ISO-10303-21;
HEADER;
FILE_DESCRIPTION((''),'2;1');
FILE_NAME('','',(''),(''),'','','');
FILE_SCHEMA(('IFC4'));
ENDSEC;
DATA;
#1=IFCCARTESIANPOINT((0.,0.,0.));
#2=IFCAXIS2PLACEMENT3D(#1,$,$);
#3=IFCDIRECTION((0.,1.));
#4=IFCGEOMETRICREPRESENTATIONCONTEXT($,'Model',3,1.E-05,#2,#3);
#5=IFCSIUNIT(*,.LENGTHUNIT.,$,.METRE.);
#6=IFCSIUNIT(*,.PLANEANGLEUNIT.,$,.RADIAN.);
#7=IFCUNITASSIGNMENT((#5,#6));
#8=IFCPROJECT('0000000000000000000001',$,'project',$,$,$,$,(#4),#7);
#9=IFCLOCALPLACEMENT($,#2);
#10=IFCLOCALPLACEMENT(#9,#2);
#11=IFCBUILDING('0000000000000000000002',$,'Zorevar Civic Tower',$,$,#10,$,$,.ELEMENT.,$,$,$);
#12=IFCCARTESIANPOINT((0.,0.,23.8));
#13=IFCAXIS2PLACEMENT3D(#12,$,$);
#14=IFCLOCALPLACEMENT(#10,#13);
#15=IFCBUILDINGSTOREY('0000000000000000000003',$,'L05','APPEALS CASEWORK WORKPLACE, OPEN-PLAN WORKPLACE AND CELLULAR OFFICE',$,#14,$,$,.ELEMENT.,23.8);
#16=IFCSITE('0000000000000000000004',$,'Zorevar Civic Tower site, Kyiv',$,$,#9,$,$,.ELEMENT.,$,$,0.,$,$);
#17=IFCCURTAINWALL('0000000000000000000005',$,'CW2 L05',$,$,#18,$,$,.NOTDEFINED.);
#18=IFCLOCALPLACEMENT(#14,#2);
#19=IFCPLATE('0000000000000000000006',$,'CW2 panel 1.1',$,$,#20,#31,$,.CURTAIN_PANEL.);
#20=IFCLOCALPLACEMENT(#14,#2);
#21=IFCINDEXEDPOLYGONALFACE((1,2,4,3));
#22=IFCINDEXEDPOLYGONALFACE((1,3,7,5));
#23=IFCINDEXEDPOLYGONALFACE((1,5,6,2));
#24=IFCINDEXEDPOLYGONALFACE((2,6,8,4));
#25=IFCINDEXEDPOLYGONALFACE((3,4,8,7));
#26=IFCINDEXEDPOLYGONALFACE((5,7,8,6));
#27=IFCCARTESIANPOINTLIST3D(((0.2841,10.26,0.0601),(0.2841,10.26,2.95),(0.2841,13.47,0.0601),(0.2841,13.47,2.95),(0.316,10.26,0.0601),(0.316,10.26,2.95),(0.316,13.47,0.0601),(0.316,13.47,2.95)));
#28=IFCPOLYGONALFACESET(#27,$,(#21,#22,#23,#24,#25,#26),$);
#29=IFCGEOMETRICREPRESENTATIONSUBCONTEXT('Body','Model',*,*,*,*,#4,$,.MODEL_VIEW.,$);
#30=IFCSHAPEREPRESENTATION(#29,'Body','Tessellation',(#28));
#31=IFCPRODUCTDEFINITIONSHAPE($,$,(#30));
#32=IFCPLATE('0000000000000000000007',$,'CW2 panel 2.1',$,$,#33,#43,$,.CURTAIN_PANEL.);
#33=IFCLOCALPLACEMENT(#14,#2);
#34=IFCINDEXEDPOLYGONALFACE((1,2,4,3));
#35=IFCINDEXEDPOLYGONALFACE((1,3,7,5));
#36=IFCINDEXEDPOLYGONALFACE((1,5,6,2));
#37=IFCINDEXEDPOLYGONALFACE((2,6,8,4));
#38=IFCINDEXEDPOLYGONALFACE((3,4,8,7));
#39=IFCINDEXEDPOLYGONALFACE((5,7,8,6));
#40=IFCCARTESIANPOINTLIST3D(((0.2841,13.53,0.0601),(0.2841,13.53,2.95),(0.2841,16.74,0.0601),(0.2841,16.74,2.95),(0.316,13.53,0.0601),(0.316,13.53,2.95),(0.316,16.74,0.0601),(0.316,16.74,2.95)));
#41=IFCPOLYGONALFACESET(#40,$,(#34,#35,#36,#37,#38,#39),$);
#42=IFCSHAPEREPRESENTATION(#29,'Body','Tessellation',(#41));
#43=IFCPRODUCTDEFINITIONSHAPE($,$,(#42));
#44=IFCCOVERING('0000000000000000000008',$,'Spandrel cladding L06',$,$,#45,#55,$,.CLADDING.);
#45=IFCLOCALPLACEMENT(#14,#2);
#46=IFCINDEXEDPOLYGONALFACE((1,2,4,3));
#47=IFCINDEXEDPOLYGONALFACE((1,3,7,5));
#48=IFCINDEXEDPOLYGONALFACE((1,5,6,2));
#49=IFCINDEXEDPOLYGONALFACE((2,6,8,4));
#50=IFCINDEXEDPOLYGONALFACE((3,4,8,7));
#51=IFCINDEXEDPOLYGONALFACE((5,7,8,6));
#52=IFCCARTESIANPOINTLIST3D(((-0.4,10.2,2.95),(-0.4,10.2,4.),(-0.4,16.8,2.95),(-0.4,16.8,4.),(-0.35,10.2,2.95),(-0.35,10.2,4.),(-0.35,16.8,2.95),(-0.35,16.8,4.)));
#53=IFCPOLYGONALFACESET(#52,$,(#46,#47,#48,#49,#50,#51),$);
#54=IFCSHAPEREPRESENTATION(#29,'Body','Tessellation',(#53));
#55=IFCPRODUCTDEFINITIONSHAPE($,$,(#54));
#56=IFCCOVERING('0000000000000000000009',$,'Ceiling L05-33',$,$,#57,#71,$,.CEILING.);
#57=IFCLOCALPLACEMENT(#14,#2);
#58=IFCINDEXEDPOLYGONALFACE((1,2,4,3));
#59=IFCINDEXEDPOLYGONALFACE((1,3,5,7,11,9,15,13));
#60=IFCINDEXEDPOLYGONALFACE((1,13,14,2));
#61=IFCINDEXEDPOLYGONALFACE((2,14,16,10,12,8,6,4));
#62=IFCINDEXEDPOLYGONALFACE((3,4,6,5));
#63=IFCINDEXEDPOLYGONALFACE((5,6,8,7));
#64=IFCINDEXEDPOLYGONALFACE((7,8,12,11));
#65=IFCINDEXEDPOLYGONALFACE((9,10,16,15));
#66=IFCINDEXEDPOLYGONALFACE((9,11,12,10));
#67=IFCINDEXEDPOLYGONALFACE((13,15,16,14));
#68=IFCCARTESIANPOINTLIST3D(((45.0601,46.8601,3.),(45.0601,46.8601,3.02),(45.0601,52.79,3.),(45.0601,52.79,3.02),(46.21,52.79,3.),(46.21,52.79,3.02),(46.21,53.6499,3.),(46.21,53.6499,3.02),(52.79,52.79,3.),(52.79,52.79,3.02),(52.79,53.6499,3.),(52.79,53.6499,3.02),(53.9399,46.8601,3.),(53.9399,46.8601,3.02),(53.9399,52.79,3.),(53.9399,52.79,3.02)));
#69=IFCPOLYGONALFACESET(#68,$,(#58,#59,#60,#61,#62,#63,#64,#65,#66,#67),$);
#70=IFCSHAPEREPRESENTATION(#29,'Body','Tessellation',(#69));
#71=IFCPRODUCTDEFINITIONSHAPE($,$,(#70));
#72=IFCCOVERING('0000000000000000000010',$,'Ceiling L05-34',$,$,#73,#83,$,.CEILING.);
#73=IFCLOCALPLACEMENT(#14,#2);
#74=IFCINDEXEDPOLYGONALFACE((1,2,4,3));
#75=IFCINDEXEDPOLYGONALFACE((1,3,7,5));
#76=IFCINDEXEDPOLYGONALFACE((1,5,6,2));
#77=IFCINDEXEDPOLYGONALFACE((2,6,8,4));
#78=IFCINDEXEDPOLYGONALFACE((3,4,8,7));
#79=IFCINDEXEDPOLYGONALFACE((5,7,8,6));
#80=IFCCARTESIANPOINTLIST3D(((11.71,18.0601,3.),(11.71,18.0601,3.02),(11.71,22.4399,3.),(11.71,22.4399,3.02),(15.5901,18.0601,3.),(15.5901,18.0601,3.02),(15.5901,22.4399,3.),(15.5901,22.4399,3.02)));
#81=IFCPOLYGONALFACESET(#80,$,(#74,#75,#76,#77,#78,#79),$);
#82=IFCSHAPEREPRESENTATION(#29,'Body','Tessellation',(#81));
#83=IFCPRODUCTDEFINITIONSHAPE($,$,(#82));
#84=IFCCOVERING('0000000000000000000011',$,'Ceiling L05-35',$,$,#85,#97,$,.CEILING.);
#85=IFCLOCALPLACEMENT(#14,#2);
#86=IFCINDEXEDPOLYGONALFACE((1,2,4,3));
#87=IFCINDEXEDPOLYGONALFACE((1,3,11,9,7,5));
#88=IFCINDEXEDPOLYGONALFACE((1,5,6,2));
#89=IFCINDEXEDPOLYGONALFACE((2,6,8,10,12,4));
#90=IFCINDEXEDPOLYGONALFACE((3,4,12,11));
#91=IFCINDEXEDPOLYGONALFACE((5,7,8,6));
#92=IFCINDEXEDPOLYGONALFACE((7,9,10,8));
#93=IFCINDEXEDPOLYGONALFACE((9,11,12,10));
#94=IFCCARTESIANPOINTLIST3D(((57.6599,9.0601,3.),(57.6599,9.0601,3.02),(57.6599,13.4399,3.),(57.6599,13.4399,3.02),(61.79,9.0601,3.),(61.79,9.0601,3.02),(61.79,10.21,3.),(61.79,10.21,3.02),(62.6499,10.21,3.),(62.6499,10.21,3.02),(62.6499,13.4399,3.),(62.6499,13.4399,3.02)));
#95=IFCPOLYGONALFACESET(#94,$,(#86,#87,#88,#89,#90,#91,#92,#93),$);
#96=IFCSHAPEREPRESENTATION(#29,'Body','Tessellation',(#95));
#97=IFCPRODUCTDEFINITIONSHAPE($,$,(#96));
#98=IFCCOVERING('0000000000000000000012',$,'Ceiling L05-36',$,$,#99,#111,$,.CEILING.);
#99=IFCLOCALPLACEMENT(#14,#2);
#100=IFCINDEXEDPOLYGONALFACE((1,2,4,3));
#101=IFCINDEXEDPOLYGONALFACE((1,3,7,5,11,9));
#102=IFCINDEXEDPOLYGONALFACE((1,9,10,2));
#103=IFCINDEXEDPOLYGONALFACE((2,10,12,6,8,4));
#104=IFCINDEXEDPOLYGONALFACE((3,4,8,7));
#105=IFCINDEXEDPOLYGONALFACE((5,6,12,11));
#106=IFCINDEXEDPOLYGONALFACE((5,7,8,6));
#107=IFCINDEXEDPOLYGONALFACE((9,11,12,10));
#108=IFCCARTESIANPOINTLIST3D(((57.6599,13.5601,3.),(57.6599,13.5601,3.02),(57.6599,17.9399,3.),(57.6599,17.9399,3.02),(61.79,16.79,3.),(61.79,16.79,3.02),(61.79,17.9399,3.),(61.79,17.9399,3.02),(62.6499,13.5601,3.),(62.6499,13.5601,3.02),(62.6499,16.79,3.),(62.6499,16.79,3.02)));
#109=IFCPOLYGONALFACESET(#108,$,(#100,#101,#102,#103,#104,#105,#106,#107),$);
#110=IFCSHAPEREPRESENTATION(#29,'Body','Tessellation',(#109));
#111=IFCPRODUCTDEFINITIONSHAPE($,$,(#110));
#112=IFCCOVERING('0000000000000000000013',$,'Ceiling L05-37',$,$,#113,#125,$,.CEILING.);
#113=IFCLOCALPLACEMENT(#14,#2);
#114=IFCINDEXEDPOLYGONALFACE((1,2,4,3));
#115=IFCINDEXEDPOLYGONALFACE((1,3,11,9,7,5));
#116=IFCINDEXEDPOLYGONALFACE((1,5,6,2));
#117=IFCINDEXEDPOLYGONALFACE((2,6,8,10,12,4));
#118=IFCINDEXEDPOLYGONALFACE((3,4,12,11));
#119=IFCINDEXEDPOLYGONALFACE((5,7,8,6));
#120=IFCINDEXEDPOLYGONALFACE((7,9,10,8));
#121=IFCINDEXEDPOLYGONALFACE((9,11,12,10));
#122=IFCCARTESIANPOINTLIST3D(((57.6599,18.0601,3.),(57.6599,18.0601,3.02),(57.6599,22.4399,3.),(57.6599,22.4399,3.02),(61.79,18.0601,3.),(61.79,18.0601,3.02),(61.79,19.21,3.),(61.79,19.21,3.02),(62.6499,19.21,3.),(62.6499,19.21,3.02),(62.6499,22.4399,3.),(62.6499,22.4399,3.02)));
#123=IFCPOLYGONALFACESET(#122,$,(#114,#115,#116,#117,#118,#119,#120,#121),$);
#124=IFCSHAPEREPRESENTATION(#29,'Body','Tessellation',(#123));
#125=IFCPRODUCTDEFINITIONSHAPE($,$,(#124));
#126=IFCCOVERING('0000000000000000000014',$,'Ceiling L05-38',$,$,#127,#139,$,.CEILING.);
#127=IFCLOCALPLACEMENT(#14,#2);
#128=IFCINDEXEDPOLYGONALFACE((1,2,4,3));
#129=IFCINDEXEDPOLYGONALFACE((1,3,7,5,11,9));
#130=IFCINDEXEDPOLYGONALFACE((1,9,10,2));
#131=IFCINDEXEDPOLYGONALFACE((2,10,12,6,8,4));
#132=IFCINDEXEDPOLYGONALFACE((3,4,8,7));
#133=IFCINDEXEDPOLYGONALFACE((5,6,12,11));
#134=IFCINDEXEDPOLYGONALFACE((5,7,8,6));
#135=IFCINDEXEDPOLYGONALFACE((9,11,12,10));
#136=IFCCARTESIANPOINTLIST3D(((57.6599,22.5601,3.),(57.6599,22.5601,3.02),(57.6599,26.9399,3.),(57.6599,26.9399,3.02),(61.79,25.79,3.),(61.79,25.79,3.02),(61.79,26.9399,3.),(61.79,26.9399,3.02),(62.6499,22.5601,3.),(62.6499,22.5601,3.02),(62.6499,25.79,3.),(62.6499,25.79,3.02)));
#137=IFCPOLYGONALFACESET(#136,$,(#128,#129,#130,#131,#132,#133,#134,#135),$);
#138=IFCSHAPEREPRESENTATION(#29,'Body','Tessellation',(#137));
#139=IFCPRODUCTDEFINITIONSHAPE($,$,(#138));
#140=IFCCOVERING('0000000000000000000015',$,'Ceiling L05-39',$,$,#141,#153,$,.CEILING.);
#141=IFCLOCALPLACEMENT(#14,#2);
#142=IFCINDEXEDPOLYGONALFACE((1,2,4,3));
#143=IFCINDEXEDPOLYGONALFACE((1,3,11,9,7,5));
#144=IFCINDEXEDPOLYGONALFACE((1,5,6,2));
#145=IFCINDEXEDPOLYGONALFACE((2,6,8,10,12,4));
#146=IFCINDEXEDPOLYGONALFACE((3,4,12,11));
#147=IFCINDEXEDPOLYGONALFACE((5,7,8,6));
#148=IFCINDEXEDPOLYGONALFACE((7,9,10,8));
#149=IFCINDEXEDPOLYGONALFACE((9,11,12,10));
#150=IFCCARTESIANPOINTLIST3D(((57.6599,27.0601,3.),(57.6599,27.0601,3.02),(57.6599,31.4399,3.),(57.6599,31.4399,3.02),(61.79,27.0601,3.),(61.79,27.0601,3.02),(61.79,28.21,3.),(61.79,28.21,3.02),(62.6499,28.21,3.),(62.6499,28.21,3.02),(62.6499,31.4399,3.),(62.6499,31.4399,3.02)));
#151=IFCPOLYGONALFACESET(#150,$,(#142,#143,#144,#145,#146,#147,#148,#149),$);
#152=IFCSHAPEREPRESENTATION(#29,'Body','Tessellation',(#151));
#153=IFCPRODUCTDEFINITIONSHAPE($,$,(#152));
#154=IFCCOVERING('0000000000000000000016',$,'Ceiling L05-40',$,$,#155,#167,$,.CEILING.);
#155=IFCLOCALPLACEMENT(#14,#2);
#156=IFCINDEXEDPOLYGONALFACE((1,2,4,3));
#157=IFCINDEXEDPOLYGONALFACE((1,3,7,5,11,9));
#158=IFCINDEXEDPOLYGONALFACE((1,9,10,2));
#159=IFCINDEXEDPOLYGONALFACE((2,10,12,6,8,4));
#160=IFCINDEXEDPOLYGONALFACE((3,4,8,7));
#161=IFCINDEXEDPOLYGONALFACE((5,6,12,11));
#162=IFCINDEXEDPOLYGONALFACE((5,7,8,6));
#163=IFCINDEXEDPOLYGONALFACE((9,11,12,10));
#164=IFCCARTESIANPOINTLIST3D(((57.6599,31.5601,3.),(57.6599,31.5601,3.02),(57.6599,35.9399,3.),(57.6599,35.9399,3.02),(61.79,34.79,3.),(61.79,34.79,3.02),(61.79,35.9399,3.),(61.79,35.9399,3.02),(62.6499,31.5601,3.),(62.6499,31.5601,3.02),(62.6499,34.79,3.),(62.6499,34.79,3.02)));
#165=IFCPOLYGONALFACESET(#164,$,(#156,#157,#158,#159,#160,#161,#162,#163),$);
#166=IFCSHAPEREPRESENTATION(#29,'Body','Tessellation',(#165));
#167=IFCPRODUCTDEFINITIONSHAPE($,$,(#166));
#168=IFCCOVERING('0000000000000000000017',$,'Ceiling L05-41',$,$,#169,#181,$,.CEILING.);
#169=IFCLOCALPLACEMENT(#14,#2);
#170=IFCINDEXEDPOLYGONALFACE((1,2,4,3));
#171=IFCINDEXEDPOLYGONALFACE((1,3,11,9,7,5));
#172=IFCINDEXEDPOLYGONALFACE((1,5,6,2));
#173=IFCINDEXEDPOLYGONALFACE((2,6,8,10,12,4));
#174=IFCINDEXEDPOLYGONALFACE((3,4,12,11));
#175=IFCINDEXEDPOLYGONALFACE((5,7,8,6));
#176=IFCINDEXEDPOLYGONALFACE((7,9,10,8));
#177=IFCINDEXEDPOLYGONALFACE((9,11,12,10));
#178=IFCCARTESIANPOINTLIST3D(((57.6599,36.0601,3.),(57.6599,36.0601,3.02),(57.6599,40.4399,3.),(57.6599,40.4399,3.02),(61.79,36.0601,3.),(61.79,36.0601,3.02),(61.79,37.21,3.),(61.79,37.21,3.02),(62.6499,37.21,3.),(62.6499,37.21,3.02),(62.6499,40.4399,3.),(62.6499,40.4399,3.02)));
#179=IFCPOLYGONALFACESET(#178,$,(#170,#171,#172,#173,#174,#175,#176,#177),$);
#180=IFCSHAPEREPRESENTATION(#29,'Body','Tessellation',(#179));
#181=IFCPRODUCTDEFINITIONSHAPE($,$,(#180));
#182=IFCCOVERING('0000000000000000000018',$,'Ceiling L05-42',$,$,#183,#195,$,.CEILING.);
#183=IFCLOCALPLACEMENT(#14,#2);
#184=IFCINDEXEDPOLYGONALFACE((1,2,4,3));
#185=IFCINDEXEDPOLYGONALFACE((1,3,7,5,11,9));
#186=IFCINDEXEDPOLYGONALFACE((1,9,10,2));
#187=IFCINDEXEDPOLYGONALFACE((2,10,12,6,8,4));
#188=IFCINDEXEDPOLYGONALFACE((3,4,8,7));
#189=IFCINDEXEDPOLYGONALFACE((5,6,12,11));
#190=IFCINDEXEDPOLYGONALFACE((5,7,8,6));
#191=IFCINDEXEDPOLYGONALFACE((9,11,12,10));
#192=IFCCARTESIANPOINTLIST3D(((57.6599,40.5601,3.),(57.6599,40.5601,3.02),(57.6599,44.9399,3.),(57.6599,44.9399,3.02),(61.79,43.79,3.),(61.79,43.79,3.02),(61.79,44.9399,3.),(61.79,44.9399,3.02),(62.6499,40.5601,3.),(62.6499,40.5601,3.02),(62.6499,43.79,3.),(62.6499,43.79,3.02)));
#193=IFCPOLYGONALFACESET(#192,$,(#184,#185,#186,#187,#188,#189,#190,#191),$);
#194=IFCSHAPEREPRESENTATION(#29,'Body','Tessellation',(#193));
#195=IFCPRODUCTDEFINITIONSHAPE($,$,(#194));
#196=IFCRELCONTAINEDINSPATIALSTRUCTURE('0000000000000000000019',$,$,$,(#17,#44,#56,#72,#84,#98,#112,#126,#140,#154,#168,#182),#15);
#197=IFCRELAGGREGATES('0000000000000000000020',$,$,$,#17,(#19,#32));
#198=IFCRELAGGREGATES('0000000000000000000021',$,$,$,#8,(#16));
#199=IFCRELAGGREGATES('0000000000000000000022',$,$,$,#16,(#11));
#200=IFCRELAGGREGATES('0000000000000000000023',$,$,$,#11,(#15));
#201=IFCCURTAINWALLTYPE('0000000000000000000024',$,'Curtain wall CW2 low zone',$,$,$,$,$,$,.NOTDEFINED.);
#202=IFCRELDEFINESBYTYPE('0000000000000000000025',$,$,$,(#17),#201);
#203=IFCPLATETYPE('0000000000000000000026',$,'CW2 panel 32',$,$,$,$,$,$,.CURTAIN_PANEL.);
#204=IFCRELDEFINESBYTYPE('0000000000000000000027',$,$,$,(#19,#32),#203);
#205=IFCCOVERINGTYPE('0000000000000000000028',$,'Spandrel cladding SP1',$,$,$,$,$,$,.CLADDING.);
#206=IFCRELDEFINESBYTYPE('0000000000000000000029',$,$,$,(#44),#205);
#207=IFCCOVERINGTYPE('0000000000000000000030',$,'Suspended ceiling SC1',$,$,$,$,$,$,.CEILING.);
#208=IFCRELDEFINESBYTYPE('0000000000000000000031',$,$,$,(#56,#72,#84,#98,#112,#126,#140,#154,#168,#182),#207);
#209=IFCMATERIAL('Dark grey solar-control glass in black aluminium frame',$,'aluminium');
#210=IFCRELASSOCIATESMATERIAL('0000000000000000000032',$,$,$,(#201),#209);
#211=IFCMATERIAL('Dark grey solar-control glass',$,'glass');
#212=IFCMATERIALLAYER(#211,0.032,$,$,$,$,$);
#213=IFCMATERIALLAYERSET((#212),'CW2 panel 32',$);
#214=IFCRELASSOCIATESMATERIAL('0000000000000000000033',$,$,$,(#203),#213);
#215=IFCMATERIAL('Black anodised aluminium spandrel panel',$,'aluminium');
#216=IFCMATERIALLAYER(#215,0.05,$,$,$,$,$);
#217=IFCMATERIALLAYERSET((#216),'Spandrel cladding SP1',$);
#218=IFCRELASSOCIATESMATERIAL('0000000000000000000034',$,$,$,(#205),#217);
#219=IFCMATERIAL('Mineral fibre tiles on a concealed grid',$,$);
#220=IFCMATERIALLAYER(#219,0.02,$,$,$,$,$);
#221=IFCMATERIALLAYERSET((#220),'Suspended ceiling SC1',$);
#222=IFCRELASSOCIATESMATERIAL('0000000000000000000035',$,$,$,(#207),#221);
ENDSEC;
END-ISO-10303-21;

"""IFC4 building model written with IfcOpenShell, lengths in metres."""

from ifc_helpers import new_model, si_unit, direction, frame, frame_2d, origin, origin_2d, place, context, subcontext, project, spatial, polyline, rectangle, outline, extrude, material, layer, layer_set, type_object, element, aggregate, save


model = new_model("IFC4")

# Units and contexts
model_context = context("Model", 3, precision=1e-05, world=origin(), true_north=direction((0.0, 1.0)))
body_context = subcontext(model_context, "Body", "Model", "MODEL_VIEW")
ifc_project = project(units=[si_unit("LENGTHUNIT", "METRE"), si_unit("PLANEANGLEUNIT", "RADIAN")], contexts=[model_context])

# Site, building, storey
site_placement = place(None, origin())
site = spatial("IfcSite", under=ifc_project, at=site_placement, Name="Zorevar Civic Tower site, Kyiv", CompositionType="ELEMENT", RefElevation=0.0)
building_placement = place(site_placement, origin())
building = spatial("IfcBuilding", under=site, at=building_placement, Name="Zorevar Civic Tower", CompositionType="ELEMENT")
storey_placement = place(building_placement, frame((0.0, 0.0, 23.8)))
storey = spatial("IfcBuildingStorey", under=building, at=storey_placement, Name="L05", Description="APPEALS CASEWORK WORKPLACE, OPEN-PLAN WORKPLACE AND CELLULAR OFFICE", CompositionType="ELEMENT", Elevation=23.8)

# Curtain wall
ifc_material_1 = material(Name="Dark grey solar-control glass in black aluminium frame", Category="aluminium")
curtain_wall_type = type_object("IfcCurtainWallType", Name="Curtain wall CW2 low zone", PredefinedType="NOTDEFINED", material=ifc_material_1)
curtain_wall_1_placement = place(storey_placement, origin())
curtain_wall_1 = element("IfcCurtainWall", 1, at=curtain_wall_1_placement, inside=storey, type_object=curtain_wall_type, Name="CW2 L05", PredefinedType="NOTDEFINED")

# Plates
ifc_material_2 = material(Name="Dark grey solar-control glass", Category="glass")
ifc_layer_1 = layer(ifc_material_2, 0.032)
ifc_layer_set_1 = layer_set([ifc_layer_1], Name="CW2 panel 32")
plate_type = type_object("IfcPlateType", Name="CW2 panel 32", PredefinedType="CURTAIN_PANEL", material=ifc_layer_set_1)
plate_1_placement = place(storey_placement, frame((0.3, 11.865, 0.0601), z_axis=(0.0, 0.0, 1.0), x_axis=(0.0, 1.0, 0.0)))
plate_1 = element("IfcPlate", 2, at=plate_1_placement, type_object=plate_type, Name="CW2 panel 1.1", PredefinedType="CURTAIN_PANEL", context=body_context, shape_type="SweptSolid", body=[
    extrude(rectangle(XDim=3.21, YDim=0.032, at=origin_2d()), origin(), (0.0, 0.0, 1.0), 2.8899),
])
plate_2_placement = place(storey_placement, frame((0.3, 15.135, 0.0601), z_axis=(0.0, 0.0, 1.0), x_axis=(0.0, 1.0, 0.0)))
plate_2 = element("IfcPlate", 3, at=plate_2_placement, type_object=plate_type, Name="CW2 panel 2.1", PredefinedType="CURTAIN_PANEL", context=body_context, shape_type="SweptSolid", body=[
    extrude(rectangle(XDim=3.21, YDim=0.032, at=origin_2d()), origin(), (0.0, 0.0, 1.0), 2.8899),
])
aggregate(curtain_wall_1, [plate_1, plate_2])

# Coverings
ifc_material_3 = material(Name="Black anodised aluminium spandrel panel", Category="aluminium")
ifc_layer_2 = layer(ifc_material_3, 0.05)
ifc_layer_set_2 = layer_set([ifc_layer_2], Name="Spandrel cladding SP1")
covering_type_1 = type_object("IfcCoveringType", Name="Spandrel cladding SP1", PredefinedType="CLADDING", material=ifc_layer_set_2)
covering_1_placement = place(storey_placement, frame((-0.375, 10.2, 2.95), z_axis=(0.0, 0.0, 1.0), x_axis=(0.0, 1.0, 0.0)))
element("IfcCovering", 4, at=covering_1_placement, inside=storey, type_object=covering_type_1, Name="Spandrel cladding L06", PredefinedType="CLADDING", context=body_context, shape_type="SweptSolid", body=[
    extrude(rectangle(XDim=6.6001, YDim=0.05, at=frame_2d((3.3, 0.0))), origin(), (0.0, 0.0, 1.0), 1.05),
])
ifc_material_4 = material(Name="Mineral fibre tiles on a concealed grid")
ifc_layer_3 = layer(ifc_material_4, 0.02)
ifc_layer_set_3 = layer_set([ifc_layer_3], Name="Suspended ceiling SC1")
covering_type_2 = type_object("IfcCoveringType", Name="Suspended ceiling SC1", PredefinedType="CEILING", material=ifc_layer_set_3)
covering_2_placement = place(storey_placement, frame((0.0, 0.0, 3.0)))
element("IfcCovering", 5, at=covering_2_placement, inside=storey, type_object=covering_type_2, Name="Ceiling L05-33", PredefinedType="CEILING", context=body_context, shape_type="SweptSolid", body=[
    extrude(outline(polyline([(46.21, 52.79), (46.21, 53.6499), (52.79, 53.6499), (52.79, 52.79), (53.9399, 52.79), (53.9399, 46.8601), (45.0601, 46.8601), (45.0601, 52.79), (46.21, 52.79)])), origin(), (0.0, 0.0, 1.0), 0.02),
])
covering_3_placement = place(storey_placement, frame((0.0, 0.0, 3.0)))
element("IfcCovering", 6, at=covering_3_placement, inside=storey, type_object=covering_type_2, Name="Ceiling L05-34", PredefinedType="CEILING", context=body_context, shape_type="SweptSolid", body=[
    extrude(outline(polyline([(11.71, 18.0601), (11.71, 22.4399), (15.5901, 22.4399), (15.5901, 18.0601), (11.71, 18.0601)])), origin(), (0.0, 0.0, 1.0), 0.02),
])
covering_4_placement = place(storey_placement, frame((0.0, 0.0, 3.0)))
element("IfcCovering", 7, at=covering_4_placement, inside=storey, type_object=covering_type_2, Name="Ceiling L05-35", PredefinedType="CEILING", context=body_context, shape_type="SweptSolid", body=[
    extrude(outline(polyline([(57.6599, 13.4399), (62.6499, 13.4399), (62.6499, 10.21), (61.79, 10.21), (61.79, 9.0601), (57.6599, 9.0601), (57.6599, 13.4399)])), origin(), (0.0, 0.0, 1.0), 0.02),
])
covering_5_placement = place(storey_placement, frame((0.0, 0.0, 3.0)))
element("IfcCovering", 8, at=covering_5_placement, inside=storey, type_object=covering_type_2, Name="Ceiling L05-36", PredefinedType="CEILING", context=body_context, shape_type="SweptSolid", body=[
    extrude(outline(polyline([(57.6599, 17.9399), (61.79, 17.9399), (61.79, 16.79), (62.6499, 16.79), (62.6499, 13.5601), (57.6599, 13.5601), (57.6599, 17.9399)])), origin(), (0.0, 0.0, 1.0), 0.02),
])
covering_6_placement = place(storey_placement, frame((0.0, 0.0, 3.0)))
element("IfcCovering", 9, at=covering_6_placement, inside=storey, type_object=covering_type_2, Name="Ceiling L05-37", PredefinedType="CEILING", context=body_context, shape_type="SweptSolid", body=[
    extrude(outline(polyline([(57.6599, 22.4399), (62.6499, 22.4399), (62.6499, 19.21), (61.79, 19.21), (61.79, 18.0601), (57.6599, 18.0601), (57.6599, 22.4399)])), origin(), (0.0, 0.0, 1.0), 0.02),
])
covering_7_placement = place(storey_placement, frame((0.0, 0.0, 3.0)))
element("IfcCovering", 10, at=covering_7_placement, inside=storey, type_object=covering_type_2, Name="Ceiling L05-38", PredefinedType="CEILING", context=body_context, shape_type="SweptSolid", body=[
    extrude(outline(polyline([(57.6599, 26.9399), (61.79, 26.9399), (61.79, 25.79), (62.6499, 25.79), (62.6499, 22.5601), (57.6599, 22.5601), (57.6599, 26.9399)])), origin(), (0.0, 0.0, 1.0), 0.02),
])
covering_8_placement = place(storey_placement, frame((0.0, 0.0, 3.0)))
element("IfcCovering", 11, at=covering_8_placement, inside=storey, type_object=covering_type_2, Name="Ceiling L05-39", PredefinedType="CEILING", context=body_context, shape_type="SweptSolid", body=[
    extrude(outline(polyline([(57.6599, 31.4399), (62.6499, 31.4399), (62.6499, 28.21), (61.79, 28.21), (61.79, 27.0601), (57.6599, 27.0601), (57.6599, 31.4399)])), origin(), (0.0, 0.0, 1.0), 0.02),
])
covering_9_placement = place(storey_placement, frame((0.0, 0.0, 3.0)))
element("IfcCovering", 12, at=covering_9_placement, inside=storey, type_object=covering_type_2, Name="Ceiling L05-40", PredefinedType="CEILING", context=body_context, shape_type="SweptSolid", body=[
    extrude(outline(polyline([(57.6599, 35.9399), (61.79, 35.9399), (61.79, 34.79), (62.6499, 34.79), (62.6499, 31.5601), (57.6599, 31.5601), (57.6599, 35.9399)])), origin(), (0.0, 0.0, 1.0), 0.02),
])
covering_10_placement = place(storey_placement, frame((0.0, 0.0, 3.0)))
element("IfcCovering", 13, at=covering_10_placement, inside=storey, type_object=covering_type_2, Name="Ceiling L05-41", PredefinedType="CEILING", context=body_context, shape_type="SweptSolid", body=[
    extrude(outline(polyline([(57.6599, 40.4399), (62.6499, 40.4399), (62.6499, 37.21), (61.79, 37.21), (61.79, 36.0601), (57.6599, 36.0601), (57.6599, 40.4399)])), origin(), (0.0, 0.0, 1.0), 0.02),
])
covering_11_placement = place(storey_placement, frame((0.0, 0.0, 3.0)))
element("IfcCovering", 14, at=covering_11_placement, inside=storey, type_object=covering_type_2, Name="Ceiling L05-42", PredefinedType="CEILING", context=body_context, shape_type="SweptSolid", body=[
    extrude(outline(polyline([(57.6599, 44.9399), (61.79, 44.9399), (61.79, 43.79), (62.6499, 43.79), (62.6499, 40.5601), (57.6599, 40.5601), (57.6599, 44.9399)])), origin(), (0.0, 0.0, 1.0), 0.02),
])

save(model, "model.ifc")
